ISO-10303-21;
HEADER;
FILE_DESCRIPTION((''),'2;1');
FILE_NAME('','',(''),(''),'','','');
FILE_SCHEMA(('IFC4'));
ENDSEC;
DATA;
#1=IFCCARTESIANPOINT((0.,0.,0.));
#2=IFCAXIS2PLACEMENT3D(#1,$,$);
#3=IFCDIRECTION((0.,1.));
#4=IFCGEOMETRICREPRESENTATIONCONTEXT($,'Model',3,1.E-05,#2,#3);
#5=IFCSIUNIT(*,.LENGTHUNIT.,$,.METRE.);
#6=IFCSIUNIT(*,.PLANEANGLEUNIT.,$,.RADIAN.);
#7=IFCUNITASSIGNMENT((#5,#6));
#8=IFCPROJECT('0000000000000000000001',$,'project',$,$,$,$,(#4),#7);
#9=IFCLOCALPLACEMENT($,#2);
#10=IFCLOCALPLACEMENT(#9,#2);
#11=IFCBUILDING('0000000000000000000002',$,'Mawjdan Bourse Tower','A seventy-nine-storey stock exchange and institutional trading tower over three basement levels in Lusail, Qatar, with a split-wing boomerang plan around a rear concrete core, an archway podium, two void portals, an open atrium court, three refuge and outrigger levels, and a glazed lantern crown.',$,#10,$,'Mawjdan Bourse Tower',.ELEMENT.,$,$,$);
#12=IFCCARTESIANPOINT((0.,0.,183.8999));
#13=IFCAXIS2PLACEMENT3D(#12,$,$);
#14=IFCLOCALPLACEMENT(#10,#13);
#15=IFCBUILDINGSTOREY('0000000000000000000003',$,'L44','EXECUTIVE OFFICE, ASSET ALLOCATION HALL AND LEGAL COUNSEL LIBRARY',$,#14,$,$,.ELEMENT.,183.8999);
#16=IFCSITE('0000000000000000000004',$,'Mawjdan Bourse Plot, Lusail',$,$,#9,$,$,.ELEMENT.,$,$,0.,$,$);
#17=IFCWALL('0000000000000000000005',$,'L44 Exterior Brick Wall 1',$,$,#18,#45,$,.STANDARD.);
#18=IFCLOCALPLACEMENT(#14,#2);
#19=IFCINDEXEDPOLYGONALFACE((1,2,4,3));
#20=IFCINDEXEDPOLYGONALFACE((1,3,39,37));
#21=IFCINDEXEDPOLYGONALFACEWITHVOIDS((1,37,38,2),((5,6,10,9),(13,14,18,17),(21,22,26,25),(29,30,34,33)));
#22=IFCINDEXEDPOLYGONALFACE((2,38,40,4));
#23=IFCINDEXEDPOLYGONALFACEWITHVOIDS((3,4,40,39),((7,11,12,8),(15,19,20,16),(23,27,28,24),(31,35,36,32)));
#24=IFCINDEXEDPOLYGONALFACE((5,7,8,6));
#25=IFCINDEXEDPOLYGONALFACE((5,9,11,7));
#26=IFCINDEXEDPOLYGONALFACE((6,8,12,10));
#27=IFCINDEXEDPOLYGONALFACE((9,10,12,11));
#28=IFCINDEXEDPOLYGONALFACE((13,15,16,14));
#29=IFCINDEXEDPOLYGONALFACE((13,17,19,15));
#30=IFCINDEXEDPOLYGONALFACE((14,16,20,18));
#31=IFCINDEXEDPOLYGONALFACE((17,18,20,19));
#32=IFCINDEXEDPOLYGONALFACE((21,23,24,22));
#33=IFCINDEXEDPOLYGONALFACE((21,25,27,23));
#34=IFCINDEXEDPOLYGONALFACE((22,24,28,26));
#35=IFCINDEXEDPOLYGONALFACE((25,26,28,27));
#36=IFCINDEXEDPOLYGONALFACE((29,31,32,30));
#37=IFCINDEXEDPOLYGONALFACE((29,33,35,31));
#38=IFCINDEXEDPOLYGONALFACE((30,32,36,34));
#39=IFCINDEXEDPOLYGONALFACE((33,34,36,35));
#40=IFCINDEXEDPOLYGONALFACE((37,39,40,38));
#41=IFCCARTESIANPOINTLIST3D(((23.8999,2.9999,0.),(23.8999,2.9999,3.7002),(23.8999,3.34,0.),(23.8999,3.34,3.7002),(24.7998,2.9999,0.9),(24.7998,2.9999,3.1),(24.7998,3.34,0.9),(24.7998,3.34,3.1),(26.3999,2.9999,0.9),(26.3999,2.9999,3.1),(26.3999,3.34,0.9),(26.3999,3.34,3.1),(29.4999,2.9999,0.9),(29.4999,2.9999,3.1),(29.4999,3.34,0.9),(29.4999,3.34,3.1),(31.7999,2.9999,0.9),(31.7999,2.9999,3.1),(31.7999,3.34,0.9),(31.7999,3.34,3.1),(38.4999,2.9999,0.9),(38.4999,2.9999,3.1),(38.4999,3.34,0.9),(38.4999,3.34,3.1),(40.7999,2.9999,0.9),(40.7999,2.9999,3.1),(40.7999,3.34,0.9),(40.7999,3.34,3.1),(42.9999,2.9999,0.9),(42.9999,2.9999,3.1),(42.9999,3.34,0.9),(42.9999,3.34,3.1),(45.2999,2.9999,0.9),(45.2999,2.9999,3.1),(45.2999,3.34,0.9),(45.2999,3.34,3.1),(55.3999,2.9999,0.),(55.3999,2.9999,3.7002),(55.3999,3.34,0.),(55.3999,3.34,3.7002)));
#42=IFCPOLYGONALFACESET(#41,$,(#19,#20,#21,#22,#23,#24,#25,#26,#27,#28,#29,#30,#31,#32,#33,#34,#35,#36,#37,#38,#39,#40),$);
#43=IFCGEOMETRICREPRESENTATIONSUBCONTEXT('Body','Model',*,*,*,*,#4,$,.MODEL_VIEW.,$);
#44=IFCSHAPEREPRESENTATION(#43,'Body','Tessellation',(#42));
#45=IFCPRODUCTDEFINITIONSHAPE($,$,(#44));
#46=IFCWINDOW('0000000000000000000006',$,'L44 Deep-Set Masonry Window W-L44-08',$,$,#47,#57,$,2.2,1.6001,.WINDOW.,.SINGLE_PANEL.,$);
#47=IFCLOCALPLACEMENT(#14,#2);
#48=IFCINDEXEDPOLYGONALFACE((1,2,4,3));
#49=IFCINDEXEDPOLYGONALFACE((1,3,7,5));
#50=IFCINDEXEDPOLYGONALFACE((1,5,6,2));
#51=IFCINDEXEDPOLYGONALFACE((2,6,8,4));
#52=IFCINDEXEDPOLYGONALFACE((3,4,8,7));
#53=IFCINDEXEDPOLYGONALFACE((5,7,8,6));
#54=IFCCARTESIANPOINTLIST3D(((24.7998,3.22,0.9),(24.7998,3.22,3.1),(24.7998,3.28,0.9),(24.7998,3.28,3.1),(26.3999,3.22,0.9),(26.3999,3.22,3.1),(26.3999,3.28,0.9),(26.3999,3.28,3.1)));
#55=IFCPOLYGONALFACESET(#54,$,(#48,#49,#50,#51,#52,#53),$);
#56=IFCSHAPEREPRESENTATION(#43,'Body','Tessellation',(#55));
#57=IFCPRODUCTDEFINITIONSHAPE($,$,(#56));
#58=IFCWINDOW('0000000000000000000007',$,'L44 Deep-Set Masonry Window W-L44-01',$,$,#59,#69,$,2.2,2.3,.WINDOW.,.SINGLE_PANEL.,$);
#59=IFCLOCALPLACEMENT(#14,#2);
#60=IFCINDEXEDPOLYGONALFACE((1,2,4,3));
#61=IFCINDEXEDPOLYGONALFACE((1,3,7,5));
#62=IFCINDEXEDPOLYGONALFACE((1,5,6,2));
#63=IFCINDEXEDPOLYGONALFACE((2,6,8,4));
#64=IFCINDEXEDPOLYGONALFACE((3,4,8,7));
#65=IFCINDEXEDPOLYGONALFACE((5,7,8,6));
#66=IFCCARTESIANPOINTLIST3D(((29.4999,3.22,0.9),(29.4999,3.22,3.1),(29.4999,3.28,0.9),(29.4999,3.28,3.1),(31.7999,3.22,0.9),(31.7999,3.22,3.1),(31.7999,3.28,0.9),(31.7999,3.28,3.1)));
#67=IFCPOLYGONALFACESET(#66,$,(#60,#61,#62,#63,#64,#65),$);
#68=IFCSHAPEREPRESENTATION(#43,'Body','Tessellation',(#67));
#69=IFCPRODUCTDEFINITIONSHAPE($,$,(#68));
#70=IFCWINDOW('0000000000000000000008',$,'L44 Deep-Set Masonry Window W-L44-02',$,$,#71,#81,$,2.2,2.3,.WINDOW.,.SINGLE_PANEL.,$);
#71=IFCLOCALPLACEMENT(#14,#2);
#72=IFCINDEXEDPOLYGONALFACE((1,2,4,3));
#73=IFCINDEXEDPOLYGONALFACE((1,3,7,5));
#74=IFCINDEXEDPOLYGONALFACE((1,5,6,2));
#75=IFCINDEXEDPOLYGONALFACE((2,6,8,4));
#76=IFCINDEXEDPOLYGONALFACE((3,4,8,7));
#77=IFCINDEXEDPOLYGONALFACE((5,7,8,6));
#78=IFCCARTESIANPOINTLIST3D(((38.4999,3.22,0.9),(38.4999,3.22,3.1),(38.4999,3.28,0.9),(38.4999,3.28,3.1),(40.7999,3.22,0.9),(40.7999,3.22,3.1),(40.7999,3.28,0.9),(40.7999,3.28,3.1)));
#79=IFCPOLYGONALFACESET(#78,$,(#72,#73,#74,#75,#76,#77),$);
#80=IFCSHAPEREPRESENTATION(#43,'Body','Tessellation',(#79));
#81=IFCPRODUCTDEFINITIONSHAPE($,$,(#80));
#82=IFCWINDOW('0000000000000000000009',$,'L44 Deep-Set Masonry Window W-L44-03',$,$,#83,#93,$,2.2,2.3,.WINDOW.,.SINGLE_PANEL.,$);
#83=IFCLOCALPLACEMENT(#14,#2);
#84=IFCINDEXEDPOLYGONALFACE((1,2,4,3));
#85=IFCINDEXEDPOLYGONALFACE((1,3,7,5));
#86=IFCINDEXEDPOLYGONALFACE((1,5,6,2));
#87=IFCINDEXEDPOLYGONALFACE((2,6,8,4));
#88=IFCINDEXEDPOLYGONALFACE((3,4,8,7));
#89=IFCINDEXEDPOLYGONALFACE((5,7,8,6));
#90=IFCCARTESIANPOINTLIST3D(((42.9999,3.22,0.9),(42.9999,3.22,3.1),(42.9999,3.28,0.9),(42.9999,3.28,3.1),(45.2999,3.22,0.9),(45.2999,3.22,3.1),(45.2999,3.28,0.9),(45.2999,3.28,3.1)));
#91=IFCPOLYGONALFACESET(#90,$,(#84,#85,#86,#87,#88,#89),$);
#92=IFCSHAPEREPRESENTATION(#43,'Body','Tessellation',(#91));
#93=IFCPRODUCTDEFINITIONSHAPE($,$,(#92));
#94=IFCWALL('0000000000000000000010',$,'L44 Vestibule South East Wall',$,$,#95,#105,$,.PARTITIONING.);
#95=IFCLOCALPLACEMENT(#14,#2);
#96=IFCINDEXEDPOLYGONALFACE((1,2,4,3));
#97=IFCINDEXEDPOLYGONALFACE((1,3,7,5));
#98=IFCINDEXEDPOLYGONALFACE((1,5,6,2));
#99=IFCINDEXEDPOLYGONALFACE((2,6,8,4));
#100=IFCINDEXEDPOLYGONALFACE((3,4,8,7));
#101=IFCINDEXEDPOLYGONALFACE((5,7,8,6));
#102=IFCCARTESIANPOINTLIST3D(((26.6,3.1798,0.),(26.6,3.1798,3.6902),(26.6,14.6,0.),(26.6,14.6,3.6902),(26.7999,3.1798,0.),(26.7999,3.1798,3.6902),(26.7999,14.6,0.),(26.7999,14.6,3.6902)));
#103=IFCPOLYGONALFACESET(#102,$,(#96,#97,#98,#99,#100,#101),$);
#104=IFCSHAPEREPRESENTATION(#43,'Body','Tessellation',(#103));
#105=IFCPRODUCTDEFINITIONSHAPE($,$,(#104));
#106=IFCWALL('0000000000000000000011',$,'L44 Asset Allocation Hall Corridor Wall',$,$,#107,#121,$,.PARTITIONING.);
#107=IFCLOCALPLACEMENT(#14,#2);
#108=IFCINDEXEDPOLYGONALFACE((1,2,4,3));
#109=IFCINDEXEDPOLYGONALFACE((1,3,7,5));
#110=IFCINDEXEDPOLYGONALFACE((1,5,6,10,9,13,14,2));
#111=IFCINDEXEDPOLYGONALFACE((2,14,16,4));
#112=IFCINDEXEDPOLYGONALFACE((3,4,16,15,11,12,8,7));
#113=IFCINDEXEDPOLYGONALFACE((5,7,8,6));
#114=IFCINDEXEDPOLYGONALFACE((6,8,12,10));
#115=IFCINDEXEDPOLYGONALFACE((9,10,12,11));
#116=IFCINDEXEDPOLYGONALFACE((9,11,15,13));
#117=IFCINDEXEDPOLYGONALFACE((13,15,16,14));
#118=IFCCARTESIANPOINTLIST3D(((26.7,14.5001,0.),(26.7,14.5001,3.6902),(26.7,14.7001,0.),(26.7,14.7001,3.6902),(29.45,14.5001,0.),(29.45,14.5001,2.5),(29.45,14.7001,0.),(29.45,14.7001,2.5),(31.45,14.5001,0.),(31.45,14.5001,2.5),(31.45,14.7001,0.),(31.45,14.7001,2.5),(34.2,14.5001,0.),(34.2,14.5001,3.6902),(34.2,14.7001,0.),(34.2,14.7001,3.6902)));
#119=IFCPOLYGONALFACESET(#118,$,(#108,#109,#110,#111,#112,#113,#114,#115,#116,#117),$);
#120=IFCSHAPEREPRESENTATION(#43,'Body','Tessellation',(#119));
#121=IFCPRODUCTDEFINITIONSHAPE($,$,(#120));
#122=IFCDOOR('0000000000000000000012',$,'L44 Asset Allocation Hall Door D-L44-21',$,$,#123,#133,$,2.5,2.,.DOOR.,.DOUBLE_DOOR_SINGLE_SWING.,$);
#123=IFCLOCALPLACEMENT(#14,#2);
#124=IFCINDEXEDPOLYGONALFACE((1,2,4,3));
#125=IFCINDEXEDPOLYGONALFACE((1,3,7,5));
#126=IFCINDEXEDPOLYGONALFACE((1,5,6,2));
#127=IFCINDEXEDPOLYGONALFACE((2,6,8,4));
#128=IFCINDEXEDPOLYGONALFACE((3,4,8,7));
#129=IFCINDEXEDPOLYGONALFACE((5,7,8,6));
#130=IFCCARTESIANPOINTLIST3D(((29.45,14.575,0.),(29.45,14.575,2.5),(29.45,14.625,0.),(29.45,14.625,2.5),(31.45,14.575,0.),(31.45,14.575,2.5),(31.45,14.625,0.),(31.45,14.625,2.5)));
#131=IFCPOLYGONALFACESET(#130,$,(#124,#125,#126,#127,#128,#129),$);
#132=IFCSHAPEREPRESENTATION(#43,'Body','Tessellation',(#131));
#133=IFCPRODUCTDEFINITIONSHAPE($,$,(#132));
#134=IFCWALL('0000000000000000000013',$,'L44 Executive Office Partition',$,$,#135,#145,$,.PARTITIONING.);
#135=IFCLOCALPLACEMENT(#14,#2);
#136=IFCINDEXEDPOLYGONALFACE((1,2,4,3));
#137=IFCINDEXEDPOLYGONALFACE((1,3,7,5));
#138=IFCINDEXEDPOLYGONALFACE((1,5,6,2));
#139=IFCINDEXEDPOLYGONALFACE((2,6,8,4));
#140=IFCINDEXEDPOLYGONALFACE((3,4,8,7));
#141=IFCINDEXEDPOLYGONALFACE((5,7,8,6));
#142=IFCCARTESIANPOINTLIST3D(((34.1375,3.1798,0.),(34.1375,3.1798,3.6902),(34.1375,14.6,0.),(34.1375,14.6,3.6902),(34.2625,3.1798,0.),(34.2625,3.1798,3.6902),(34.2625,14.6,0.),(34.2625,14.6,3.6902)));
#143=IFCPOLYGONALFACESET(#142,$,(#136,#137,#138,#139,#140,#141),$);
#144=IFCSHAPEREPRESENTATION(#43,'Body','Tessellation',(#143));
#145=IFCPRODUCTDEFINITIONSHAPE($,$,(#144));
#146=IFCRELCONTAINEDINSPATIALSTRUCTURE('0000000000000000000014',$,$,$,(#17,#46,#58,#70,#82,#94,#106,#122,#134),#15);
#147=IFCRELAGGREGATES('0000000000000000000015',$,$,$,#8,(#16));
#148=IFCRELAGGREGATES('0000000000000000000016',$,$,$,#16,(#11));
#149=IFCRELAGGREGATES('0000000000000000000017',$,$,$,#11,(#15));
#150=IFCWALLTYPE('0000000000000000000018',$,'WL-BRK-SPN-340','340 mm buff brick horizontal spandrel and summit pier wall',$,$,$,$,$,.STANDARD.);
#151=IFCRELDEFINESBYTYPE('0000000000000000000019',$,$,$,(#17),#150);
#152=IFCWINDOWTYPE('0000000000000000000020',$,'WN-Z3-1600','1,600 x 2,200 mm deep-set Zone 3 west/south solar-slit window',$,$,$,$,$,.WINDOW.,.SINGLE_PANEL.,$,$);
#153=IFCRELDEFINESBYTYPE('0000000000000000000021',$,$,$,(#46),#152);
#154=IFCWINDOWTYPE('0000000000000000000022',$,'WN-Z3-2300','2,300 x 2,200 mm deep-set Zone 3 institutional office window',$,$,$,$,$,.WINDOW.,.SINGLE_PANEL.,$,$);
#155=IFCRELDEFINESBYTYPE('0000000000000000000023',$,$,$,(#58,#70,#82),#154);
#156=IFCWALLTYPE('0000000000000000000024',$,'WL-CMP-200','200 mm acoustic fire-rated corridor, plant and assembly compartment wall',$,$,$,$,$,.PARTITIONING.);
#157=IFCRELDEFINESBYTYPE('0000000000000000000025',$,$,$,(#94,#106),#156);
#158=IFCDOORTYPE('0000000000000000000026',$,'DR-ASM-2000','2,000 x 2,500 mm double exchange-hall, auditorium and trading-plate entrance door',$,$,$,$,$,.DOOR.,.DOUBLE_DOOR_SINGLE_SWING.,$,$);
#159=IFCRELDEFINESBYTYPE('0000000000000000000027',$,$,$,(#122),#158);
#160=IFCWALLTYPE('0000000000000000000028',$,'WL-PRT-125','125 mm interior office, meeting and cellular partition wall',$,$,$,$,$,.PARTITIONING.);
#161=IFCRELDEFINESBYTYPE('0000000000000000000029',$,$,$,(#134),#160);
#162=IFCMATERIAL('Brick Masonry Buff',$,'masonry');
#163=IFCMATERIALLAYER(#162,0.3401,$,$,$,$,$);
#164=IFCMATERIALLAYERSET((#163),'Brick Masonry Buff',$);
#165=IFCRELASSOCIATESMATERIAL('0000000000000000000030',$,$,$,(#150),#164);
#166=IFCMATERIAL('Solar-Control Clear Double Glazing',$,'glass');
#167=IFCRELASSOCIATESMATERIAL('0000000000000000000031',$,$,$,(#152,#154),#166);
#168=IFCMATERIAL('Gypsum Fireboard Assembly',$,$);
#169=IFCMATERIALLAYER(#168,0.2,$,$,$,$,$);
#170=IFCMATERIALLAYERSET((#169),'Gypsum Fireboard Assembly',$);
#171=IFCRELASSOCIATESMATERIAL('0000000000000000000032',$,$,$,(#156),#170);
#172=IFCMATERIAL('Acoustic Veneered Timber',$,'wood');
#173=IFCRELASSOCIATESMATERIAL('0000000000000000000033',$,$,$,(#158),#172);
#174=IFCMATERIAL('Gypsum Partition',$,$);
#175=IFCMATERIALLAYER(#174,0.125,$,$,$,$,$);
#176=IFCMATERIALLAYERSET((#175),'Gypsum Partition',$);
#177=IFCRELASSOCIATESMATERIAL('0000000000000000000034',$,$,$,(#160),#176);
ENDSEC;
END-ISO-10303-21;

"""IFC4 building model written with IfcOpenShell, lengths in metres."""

from ifc_helpers import new_model, si_unit, direction, frame, frame_2d, origin, place, context, subcontext, project, spatial, rectangle, extrude, material, layer, layer_set, type_object, element, fill, save


model = new_model("IFC4")

# Units and contexts
model_context = context("Model", 3, precision=1e-05, world=origin(), true_north=direction((0.0, 1.0)))
body_context = subcontext(model_context, "Body", "Model", "MODEL_VIEW")
ifc_project = project(units=[si_unit("LENGTHUNIT", "METRE"), si_unit("PLANEANGLEUNIT", "RADIAN")], contexts=[model_context])

# Site, building, storey
site_placement = place(None, origin())
site = spatial("IfcSite", under=ifc_project, at=site_placement, Name="Mawjdan Bourse Plot, Lusail", CompositionType="ELEMENT", RefElevation=0.0)
building_placement = place(site_placement, origin())
building = spatial("IfcBuilding", under=site, at=building_placement, Name="Mawjdan Bourse Tower", Description="A seventy-nine-storey stock exchange and institutional trading tower over three basement levels in Lusail, Qatar, with a split-wing boomerang plan around a rear concrete core, an archway podium, two void portals, an open atrium court, three refuge and outrigger levels, and a glazed lantern crown.", LongName="Mawjdan Bourse Tower", CompositionType="ELEMENT")
storey_placement = place(building_placement, frame((0.0, 0.0, 183.8999)))
storey = spatial("IfcBuildingStorey", under=building, at=storey_placement, Name="L44", Description="EXECUTIVE OFFICE, ASSET ALLOCATION HALL AND LEGAL COUNSEL LIBRARY", CompositionType="ELEMENT", Elevation=183.8999)

# Wall, openings, windows
ifc_material_1 = material(Name="Brick Masonry Buff", Category="masonry")
ifc_layer_1 = layer(ifc_material_1, 0.3401)
ifc_layer_set_1 = layer_set([ifc_layer_1], Name="Brick Masonry Buff")
wall_type_1 = type_object("IfcWallType", Name="WL-BRK-SPN-340", Description="340 mm buff brick horizontal spandrel and summit pier wall", PredefinedType="STANDARD", material=ifc_layer_set_1)
wall_1_placement = place(storey_placement, frame((23.8999, 3.1699, 0.0), z_axis=(0.0, 0.0, 1.0), x_axis=(1.0, 0.0, 0.0)))
wall_1 = element("IfcWall", 1, at=wall_1_placement, inside=storey, type_object=wall_type_1, Name="L44 Exterior Brick Wall 1", PredefinedType="STANDARD", context=body_context, shape_type="SweptSolid", body=[
    extrude(rectangle(XDim=31.5, YDim=0.3401, at=frame_2d((15.75, 0.0))), origin(), (0.0, 0.0, 1.0), 3.7002),
])
opening_1_placement = place(wall_1_placement, frame((5.6001, 0.0, 0.8999)))
opening_1 = element("IfcOpeningElement", 2, at=opening_1_placement, cuts=wall_1, PredefinedType="OPENING", context=body_context, shape_type="SweptSolid", body=[
    extrude(rectangle(XDim=2.3, YDim=2.2, at=frame_2d((1.1499, 1.1001))), frame((0.0, 0.1802, 0.0), z_axis=(0.0, -1.0, 0.0), x_axis=(1.0, 0.0, 0.0)), (0.0, 0.0, 1.0), 0.3601),
])
opening_2_placement = place(wall_1_placement, frame((14.6001, 0.0, 0.8999)))
opening_2 = element("IfcOpeningElement", 3, at=opening_2_placement, cuts=wall_1, PredefinedType="OPENING", context=body_context, shape_type="SweptSolid", body=[
    extrude(rectangle(XDim=2.3, YDim=2.2, at=frame_2d((1.1499, 1.1001))), frame((0.0, 0.1802, 0.0), z_axis=(0.0, -1.0, 0.0), x_axis=(1.0, 0.0, 0.0)), (0.0, 0.0, 1.0), 0.3601),
])
opening_3_placement = place(wall_1_placement, frame((19.1001, 0.0, 0.8999)))
opening_3 = element("IfcOpeningElement", 4, at=opening_3_placement, cuts=wall_1, PredefinedType="OPENING", context=body_context, shape_type="SweptSolid", body=[
    extrude(rectangle(XDim=2.3, YDim=2.2, at=frame_2d((1.1499, 1.1001))), frame((0.0, 0.1802, 0.0), z_axis=(0.0, -1.0, 0.0), x_axis=(1.0, 0.0, 0.0)), (0.0, 0.0, 1.0), 0.3601),
])
opening_4_placement = place(wall_1_placement, frame((0.8999, 0.0, 0.8999)))
opening_4 = element("IfcOpeningElement", 5, at=opening_4_placement, cuts=wall_1, PredefinedType="OPENING", context=body_context, shape_type="SweptSolid", body=[
    extrude(rectangle(XDim=1.6001, YDim=2.2, at=frame_2d((0.8, 1.1001))), frame((0.0, 0.1802, 0.0), z_axis=(0.0, -1.0, 0.0), x_axis=(1.0, 0.0, 0.0)), (0.0, 0.0, 1.0), 0.3601),
])
ifc_material_2 = material(Name="Solar-Control Clear Double Glazing", Category="glass")
window_type_1 = type_object("IfcWindowType", Name="WN-Z3-1600", Description="1,600 x 2,200 mm deep-set Zone 3 west/south solar-slit window", PartitioningType="SINGLE_PANEL", PredefinedType="WINDOW", material=ifc_material_2)
window_1_placement = place(opening_4_placement, origin())
window_1 = element("IfcWindow", 6, at=window_1_placement, inside=storey, type_object=window_type_1, Name="L44 Deep-Set Masonry Window W-L44-08", OverallHeight=2.2, OverallWidth=1.6001, PartitioningType="SINGLE_PANEL", PredefinedType="WINDOW", context=body_context, shape_type="SweptSolid", body=[
    extrude(rectangle(XDim=1.6001, YDim=2.2, at=frame_2d((0.8, 1.1001))), frame((0.0, 0.1101, 0.0), z_axis=(0.0, -1.0, 0.0), x_axis=(1.0, 0.0, 0.0)), (0.0, 0.0, 1.0), 0.0601),
])
fill(opening_4, window_1)
window_type_2 = type_object("IfcWindowType", Name="WN-Z3-2300", Description="2,300 x 2,200 mm deep-set Zone 3 institutional office window", PartitioningType="SINGLE_PANEL", PredefinedType="WINDOW", material=ifc_material_2)
window_2_placement = place(opening_1_placement, origin())
window_2 = element("IfcWindow", 7, at=window_2_placement, inside=storey, type_object=window_type_2, Name="L44 Deep-Set Masonry Window W-L44-01", OverallHeight=2.2, OverallWidth=2.3, PartitioningType="SINGLE_PANEL", PredefinedType="WINDOW", context=body_context, shape_type="SweptSolid", body=[
    extrude(rectangle(XDim=2.3, YDim=2.2, at=frame_2d((1.1499, 1.1001))), frame((0.0, 0.1101, 0.0), z_axis=(0.0, -1.0, 0.0), x_axis=(1.0, 0.0, 0.0)), (0.0, 0.0, 1.0), 0.0601),
])
fill(opening_1, window_2)
window_3_placement = place(opening_2_placement, origin())
window_3 = element("IfcWindow", 8, at=window_3_placement, inside=storey, type_object=window_type_2, Name="L44 Deep-Set Masonry Window W-L44-02", OverallHeight=2.2, OverallWidth=2.3, PartitioningType="SINGLE_PANEL", PredefinedType="WINDOW", context=body_context, shape_type="SweptSolid", body=[
    extrude(rectangle(XDim=2.3, YDim=2.2, at=frame_2d((1.1499, 1.1001))), frame((0.0, 0.1101, 0.0), z_axis=(0.0, -1.0, 0.0), x_axis=(1.0, 0.0, 0.0)), (0.0, 0.0, 1.0), 0.0601),
])
fill(opening_2, window_3)
window_4_placement = place(opening_3_placement, origin())
window_4 = element("IfcWindow", 9, at=window_4_placement, inside=storey, type_object=window_type_2, Name="L44 Deep-Set Masonry Window W-L44-03", OverallHeight=2.2, OverallWidth=2.3, PartitioningType="SINGLE_PANEL", PredefinedType="WINDOW", context=body_context, shape_type="SweptSolid", body=[
    extrude(rectangle(XDim=2.3, YDim=2.2, at=frame_2d((1.1499, 1.1001))), frame((0.0, 0.1101, 0.0), z_axis=(0.0, -1.0, 0.0), x_axis=(1.0, 0.0, 0.0)), (0.0, 0.0, 1.0), 0.0601),
])
fill(opening_3, window_4)

# Shared definitions
ifc_material_3 = material(Name="Gypsum Fireboard Assembly")
ifc_layer_2 = layer(ifc_material_3, 0.2)
ifc_layer_set_2 = layer_set([ifc_layer_2], Name="Gypsum Fireboard Assembly")
wall_type_2 = type_object("IfcWallType", Name="WL-CMP-200", Description="200 mm acoustic fire-rated corridor, plant and assembly compartment wall", PredefinedType="PARTITIONING", material=ifc_layer_set_2)

# Wall
wall_2_placement = place(storey_placement, frame((26.7, 3.1799, 0.0), z_axis=(0.0, 0.0, 1.0), x_axis=(0.0, 1.0, 0.0)))
element("IfcWall", 10, at=wall_2_placement, inside=storey, type_object=wall_type_2, Name="L44 Vestibule South East Wall", PredefinedType="PARTITIONING", context=body_context, shape_type="SweptSolid", body=[
    extrude(rectangle(XDim=11.4202, YDim=0.2, at=frame_2d((5.71, 0.0))), origin(), (0.0, 0.0, 1.0), 3.6902),
])

# Wall, opening, door
wall_3_placement = place(storey_placement, frame((26.7, 14.6001, 0.0), z_axis=(0.0, 0.0, 1.0), x_axis=(1.0, 0.0, 0.0)))
wall_3 = element("IfcWall", 11, at=wall_3_placement, inside=storey, type_object=wall_type_2, Name="L44 Asset Allocation Hall Corridor Wall", PredefinedType="PARTITIONING", context=body_context, shape_type="SweptSolid", body=[
    extrude(rectangle(XDim=7.5, YDim=0.2, at=frame_2d((3.75, 0.0))), origin(), (0.0, 0.0, 1.0), 3.6902),
])
opening_5_placement = place(wall_3_placement, frame((2.75, 0.0, 0.0)))
opening_5 = element("IfcOpeningElement", 12, at=opening_5_placement, cuts=wall_3, PredefinedType="OPENING", context=body_context, shape_type="SweptSolid", body=[
    extrude(rectangle(XDim=2.0, YDim=2.5, at=frame_2d((1.0, 1.25))), frame((0.0, 0.1099, 0.0), z_axis=(0.0, -1.0, 0.0), x_axis=(1.0, 0.0, 0.0)), (0.0, 0.0, 1.0), 0.22),
])
ifc_material_4 = material(Name="Acoustic Veneered Timber", Category="wood")
door_type_1 = type_object("IfcDoorType", Name="DR-ASM-2000", Description="2,000 x 2,500 mm double exchange-hall, auditorium and trading-plate entrance door", OperationType="DOUBLE_DOOR_SINGLE_SWING", PredefinedType="DOOR", material=ifc_material_4)
door_1_placement = place(opening_5_placement, origin())
door_1 = element("IfcDoor", 13, at=door_1_placement, inside=storey, type_object=door_type_1, Name="L44 Asset Allocation Hall Door D-L44-21", OperationType="DOUBLE_DOOR_SINGLE_SWING", OverallHeight=2.5, OverallWidth=2.0, PredefinedType="DOOR", context=body_context, shape_type="SweptSolid", body=[
    extrude(rectangle(XDim=2.0, YDim=2.5, at=frame_2d((1.0, 1.25))), frame((0.0, 0.0249, 0.0), z_axis=(0.0, -1.0, 0.0), x_axis=(1.0, 0.0, 0.0)), (0.0, 0.0, 1.0), 0.05),
])
fill(opening_5, door_1)

# Wall
ifc_material_5 = material(Name="Gypsum Partition")
ifc_layer_3 = layer(ifc_material_5, 0.125)
ifc_layer_set_3 = layer_set([ifc_layer_3], Name="Gypsum Partition")
wall_type_3 = type_object("IfcWallType", Name="WL-PRT-125", Description="125 mm interior office, meeting and cellular partition wall", PredefinedType="PARTITIONING", material=ifc_layer_set_3)
wall_4_placement = place(storey_placement, frame((34.2, 3.1799, 0.0), z_axis=(0.0, 0.0, 1.0), x_axis=(0.0, 1.0, 0.0)))
element("IfcWall", 14, at=wall_4_placement, inside=storey, type_object=wall_type_3, Name="L44 Executive Office Partition", PredefinedType="PARTITIONING", context=body_context, shape_type="SweptSolid", body=[
    extrude(rectangle(XDim=11.4202, YDim=0.125, at=frame_2d((5.71, 0.0))), origin(), (0.0, 0.0, 1.0), 3.6902),
])

save(model, "model.ifc")
